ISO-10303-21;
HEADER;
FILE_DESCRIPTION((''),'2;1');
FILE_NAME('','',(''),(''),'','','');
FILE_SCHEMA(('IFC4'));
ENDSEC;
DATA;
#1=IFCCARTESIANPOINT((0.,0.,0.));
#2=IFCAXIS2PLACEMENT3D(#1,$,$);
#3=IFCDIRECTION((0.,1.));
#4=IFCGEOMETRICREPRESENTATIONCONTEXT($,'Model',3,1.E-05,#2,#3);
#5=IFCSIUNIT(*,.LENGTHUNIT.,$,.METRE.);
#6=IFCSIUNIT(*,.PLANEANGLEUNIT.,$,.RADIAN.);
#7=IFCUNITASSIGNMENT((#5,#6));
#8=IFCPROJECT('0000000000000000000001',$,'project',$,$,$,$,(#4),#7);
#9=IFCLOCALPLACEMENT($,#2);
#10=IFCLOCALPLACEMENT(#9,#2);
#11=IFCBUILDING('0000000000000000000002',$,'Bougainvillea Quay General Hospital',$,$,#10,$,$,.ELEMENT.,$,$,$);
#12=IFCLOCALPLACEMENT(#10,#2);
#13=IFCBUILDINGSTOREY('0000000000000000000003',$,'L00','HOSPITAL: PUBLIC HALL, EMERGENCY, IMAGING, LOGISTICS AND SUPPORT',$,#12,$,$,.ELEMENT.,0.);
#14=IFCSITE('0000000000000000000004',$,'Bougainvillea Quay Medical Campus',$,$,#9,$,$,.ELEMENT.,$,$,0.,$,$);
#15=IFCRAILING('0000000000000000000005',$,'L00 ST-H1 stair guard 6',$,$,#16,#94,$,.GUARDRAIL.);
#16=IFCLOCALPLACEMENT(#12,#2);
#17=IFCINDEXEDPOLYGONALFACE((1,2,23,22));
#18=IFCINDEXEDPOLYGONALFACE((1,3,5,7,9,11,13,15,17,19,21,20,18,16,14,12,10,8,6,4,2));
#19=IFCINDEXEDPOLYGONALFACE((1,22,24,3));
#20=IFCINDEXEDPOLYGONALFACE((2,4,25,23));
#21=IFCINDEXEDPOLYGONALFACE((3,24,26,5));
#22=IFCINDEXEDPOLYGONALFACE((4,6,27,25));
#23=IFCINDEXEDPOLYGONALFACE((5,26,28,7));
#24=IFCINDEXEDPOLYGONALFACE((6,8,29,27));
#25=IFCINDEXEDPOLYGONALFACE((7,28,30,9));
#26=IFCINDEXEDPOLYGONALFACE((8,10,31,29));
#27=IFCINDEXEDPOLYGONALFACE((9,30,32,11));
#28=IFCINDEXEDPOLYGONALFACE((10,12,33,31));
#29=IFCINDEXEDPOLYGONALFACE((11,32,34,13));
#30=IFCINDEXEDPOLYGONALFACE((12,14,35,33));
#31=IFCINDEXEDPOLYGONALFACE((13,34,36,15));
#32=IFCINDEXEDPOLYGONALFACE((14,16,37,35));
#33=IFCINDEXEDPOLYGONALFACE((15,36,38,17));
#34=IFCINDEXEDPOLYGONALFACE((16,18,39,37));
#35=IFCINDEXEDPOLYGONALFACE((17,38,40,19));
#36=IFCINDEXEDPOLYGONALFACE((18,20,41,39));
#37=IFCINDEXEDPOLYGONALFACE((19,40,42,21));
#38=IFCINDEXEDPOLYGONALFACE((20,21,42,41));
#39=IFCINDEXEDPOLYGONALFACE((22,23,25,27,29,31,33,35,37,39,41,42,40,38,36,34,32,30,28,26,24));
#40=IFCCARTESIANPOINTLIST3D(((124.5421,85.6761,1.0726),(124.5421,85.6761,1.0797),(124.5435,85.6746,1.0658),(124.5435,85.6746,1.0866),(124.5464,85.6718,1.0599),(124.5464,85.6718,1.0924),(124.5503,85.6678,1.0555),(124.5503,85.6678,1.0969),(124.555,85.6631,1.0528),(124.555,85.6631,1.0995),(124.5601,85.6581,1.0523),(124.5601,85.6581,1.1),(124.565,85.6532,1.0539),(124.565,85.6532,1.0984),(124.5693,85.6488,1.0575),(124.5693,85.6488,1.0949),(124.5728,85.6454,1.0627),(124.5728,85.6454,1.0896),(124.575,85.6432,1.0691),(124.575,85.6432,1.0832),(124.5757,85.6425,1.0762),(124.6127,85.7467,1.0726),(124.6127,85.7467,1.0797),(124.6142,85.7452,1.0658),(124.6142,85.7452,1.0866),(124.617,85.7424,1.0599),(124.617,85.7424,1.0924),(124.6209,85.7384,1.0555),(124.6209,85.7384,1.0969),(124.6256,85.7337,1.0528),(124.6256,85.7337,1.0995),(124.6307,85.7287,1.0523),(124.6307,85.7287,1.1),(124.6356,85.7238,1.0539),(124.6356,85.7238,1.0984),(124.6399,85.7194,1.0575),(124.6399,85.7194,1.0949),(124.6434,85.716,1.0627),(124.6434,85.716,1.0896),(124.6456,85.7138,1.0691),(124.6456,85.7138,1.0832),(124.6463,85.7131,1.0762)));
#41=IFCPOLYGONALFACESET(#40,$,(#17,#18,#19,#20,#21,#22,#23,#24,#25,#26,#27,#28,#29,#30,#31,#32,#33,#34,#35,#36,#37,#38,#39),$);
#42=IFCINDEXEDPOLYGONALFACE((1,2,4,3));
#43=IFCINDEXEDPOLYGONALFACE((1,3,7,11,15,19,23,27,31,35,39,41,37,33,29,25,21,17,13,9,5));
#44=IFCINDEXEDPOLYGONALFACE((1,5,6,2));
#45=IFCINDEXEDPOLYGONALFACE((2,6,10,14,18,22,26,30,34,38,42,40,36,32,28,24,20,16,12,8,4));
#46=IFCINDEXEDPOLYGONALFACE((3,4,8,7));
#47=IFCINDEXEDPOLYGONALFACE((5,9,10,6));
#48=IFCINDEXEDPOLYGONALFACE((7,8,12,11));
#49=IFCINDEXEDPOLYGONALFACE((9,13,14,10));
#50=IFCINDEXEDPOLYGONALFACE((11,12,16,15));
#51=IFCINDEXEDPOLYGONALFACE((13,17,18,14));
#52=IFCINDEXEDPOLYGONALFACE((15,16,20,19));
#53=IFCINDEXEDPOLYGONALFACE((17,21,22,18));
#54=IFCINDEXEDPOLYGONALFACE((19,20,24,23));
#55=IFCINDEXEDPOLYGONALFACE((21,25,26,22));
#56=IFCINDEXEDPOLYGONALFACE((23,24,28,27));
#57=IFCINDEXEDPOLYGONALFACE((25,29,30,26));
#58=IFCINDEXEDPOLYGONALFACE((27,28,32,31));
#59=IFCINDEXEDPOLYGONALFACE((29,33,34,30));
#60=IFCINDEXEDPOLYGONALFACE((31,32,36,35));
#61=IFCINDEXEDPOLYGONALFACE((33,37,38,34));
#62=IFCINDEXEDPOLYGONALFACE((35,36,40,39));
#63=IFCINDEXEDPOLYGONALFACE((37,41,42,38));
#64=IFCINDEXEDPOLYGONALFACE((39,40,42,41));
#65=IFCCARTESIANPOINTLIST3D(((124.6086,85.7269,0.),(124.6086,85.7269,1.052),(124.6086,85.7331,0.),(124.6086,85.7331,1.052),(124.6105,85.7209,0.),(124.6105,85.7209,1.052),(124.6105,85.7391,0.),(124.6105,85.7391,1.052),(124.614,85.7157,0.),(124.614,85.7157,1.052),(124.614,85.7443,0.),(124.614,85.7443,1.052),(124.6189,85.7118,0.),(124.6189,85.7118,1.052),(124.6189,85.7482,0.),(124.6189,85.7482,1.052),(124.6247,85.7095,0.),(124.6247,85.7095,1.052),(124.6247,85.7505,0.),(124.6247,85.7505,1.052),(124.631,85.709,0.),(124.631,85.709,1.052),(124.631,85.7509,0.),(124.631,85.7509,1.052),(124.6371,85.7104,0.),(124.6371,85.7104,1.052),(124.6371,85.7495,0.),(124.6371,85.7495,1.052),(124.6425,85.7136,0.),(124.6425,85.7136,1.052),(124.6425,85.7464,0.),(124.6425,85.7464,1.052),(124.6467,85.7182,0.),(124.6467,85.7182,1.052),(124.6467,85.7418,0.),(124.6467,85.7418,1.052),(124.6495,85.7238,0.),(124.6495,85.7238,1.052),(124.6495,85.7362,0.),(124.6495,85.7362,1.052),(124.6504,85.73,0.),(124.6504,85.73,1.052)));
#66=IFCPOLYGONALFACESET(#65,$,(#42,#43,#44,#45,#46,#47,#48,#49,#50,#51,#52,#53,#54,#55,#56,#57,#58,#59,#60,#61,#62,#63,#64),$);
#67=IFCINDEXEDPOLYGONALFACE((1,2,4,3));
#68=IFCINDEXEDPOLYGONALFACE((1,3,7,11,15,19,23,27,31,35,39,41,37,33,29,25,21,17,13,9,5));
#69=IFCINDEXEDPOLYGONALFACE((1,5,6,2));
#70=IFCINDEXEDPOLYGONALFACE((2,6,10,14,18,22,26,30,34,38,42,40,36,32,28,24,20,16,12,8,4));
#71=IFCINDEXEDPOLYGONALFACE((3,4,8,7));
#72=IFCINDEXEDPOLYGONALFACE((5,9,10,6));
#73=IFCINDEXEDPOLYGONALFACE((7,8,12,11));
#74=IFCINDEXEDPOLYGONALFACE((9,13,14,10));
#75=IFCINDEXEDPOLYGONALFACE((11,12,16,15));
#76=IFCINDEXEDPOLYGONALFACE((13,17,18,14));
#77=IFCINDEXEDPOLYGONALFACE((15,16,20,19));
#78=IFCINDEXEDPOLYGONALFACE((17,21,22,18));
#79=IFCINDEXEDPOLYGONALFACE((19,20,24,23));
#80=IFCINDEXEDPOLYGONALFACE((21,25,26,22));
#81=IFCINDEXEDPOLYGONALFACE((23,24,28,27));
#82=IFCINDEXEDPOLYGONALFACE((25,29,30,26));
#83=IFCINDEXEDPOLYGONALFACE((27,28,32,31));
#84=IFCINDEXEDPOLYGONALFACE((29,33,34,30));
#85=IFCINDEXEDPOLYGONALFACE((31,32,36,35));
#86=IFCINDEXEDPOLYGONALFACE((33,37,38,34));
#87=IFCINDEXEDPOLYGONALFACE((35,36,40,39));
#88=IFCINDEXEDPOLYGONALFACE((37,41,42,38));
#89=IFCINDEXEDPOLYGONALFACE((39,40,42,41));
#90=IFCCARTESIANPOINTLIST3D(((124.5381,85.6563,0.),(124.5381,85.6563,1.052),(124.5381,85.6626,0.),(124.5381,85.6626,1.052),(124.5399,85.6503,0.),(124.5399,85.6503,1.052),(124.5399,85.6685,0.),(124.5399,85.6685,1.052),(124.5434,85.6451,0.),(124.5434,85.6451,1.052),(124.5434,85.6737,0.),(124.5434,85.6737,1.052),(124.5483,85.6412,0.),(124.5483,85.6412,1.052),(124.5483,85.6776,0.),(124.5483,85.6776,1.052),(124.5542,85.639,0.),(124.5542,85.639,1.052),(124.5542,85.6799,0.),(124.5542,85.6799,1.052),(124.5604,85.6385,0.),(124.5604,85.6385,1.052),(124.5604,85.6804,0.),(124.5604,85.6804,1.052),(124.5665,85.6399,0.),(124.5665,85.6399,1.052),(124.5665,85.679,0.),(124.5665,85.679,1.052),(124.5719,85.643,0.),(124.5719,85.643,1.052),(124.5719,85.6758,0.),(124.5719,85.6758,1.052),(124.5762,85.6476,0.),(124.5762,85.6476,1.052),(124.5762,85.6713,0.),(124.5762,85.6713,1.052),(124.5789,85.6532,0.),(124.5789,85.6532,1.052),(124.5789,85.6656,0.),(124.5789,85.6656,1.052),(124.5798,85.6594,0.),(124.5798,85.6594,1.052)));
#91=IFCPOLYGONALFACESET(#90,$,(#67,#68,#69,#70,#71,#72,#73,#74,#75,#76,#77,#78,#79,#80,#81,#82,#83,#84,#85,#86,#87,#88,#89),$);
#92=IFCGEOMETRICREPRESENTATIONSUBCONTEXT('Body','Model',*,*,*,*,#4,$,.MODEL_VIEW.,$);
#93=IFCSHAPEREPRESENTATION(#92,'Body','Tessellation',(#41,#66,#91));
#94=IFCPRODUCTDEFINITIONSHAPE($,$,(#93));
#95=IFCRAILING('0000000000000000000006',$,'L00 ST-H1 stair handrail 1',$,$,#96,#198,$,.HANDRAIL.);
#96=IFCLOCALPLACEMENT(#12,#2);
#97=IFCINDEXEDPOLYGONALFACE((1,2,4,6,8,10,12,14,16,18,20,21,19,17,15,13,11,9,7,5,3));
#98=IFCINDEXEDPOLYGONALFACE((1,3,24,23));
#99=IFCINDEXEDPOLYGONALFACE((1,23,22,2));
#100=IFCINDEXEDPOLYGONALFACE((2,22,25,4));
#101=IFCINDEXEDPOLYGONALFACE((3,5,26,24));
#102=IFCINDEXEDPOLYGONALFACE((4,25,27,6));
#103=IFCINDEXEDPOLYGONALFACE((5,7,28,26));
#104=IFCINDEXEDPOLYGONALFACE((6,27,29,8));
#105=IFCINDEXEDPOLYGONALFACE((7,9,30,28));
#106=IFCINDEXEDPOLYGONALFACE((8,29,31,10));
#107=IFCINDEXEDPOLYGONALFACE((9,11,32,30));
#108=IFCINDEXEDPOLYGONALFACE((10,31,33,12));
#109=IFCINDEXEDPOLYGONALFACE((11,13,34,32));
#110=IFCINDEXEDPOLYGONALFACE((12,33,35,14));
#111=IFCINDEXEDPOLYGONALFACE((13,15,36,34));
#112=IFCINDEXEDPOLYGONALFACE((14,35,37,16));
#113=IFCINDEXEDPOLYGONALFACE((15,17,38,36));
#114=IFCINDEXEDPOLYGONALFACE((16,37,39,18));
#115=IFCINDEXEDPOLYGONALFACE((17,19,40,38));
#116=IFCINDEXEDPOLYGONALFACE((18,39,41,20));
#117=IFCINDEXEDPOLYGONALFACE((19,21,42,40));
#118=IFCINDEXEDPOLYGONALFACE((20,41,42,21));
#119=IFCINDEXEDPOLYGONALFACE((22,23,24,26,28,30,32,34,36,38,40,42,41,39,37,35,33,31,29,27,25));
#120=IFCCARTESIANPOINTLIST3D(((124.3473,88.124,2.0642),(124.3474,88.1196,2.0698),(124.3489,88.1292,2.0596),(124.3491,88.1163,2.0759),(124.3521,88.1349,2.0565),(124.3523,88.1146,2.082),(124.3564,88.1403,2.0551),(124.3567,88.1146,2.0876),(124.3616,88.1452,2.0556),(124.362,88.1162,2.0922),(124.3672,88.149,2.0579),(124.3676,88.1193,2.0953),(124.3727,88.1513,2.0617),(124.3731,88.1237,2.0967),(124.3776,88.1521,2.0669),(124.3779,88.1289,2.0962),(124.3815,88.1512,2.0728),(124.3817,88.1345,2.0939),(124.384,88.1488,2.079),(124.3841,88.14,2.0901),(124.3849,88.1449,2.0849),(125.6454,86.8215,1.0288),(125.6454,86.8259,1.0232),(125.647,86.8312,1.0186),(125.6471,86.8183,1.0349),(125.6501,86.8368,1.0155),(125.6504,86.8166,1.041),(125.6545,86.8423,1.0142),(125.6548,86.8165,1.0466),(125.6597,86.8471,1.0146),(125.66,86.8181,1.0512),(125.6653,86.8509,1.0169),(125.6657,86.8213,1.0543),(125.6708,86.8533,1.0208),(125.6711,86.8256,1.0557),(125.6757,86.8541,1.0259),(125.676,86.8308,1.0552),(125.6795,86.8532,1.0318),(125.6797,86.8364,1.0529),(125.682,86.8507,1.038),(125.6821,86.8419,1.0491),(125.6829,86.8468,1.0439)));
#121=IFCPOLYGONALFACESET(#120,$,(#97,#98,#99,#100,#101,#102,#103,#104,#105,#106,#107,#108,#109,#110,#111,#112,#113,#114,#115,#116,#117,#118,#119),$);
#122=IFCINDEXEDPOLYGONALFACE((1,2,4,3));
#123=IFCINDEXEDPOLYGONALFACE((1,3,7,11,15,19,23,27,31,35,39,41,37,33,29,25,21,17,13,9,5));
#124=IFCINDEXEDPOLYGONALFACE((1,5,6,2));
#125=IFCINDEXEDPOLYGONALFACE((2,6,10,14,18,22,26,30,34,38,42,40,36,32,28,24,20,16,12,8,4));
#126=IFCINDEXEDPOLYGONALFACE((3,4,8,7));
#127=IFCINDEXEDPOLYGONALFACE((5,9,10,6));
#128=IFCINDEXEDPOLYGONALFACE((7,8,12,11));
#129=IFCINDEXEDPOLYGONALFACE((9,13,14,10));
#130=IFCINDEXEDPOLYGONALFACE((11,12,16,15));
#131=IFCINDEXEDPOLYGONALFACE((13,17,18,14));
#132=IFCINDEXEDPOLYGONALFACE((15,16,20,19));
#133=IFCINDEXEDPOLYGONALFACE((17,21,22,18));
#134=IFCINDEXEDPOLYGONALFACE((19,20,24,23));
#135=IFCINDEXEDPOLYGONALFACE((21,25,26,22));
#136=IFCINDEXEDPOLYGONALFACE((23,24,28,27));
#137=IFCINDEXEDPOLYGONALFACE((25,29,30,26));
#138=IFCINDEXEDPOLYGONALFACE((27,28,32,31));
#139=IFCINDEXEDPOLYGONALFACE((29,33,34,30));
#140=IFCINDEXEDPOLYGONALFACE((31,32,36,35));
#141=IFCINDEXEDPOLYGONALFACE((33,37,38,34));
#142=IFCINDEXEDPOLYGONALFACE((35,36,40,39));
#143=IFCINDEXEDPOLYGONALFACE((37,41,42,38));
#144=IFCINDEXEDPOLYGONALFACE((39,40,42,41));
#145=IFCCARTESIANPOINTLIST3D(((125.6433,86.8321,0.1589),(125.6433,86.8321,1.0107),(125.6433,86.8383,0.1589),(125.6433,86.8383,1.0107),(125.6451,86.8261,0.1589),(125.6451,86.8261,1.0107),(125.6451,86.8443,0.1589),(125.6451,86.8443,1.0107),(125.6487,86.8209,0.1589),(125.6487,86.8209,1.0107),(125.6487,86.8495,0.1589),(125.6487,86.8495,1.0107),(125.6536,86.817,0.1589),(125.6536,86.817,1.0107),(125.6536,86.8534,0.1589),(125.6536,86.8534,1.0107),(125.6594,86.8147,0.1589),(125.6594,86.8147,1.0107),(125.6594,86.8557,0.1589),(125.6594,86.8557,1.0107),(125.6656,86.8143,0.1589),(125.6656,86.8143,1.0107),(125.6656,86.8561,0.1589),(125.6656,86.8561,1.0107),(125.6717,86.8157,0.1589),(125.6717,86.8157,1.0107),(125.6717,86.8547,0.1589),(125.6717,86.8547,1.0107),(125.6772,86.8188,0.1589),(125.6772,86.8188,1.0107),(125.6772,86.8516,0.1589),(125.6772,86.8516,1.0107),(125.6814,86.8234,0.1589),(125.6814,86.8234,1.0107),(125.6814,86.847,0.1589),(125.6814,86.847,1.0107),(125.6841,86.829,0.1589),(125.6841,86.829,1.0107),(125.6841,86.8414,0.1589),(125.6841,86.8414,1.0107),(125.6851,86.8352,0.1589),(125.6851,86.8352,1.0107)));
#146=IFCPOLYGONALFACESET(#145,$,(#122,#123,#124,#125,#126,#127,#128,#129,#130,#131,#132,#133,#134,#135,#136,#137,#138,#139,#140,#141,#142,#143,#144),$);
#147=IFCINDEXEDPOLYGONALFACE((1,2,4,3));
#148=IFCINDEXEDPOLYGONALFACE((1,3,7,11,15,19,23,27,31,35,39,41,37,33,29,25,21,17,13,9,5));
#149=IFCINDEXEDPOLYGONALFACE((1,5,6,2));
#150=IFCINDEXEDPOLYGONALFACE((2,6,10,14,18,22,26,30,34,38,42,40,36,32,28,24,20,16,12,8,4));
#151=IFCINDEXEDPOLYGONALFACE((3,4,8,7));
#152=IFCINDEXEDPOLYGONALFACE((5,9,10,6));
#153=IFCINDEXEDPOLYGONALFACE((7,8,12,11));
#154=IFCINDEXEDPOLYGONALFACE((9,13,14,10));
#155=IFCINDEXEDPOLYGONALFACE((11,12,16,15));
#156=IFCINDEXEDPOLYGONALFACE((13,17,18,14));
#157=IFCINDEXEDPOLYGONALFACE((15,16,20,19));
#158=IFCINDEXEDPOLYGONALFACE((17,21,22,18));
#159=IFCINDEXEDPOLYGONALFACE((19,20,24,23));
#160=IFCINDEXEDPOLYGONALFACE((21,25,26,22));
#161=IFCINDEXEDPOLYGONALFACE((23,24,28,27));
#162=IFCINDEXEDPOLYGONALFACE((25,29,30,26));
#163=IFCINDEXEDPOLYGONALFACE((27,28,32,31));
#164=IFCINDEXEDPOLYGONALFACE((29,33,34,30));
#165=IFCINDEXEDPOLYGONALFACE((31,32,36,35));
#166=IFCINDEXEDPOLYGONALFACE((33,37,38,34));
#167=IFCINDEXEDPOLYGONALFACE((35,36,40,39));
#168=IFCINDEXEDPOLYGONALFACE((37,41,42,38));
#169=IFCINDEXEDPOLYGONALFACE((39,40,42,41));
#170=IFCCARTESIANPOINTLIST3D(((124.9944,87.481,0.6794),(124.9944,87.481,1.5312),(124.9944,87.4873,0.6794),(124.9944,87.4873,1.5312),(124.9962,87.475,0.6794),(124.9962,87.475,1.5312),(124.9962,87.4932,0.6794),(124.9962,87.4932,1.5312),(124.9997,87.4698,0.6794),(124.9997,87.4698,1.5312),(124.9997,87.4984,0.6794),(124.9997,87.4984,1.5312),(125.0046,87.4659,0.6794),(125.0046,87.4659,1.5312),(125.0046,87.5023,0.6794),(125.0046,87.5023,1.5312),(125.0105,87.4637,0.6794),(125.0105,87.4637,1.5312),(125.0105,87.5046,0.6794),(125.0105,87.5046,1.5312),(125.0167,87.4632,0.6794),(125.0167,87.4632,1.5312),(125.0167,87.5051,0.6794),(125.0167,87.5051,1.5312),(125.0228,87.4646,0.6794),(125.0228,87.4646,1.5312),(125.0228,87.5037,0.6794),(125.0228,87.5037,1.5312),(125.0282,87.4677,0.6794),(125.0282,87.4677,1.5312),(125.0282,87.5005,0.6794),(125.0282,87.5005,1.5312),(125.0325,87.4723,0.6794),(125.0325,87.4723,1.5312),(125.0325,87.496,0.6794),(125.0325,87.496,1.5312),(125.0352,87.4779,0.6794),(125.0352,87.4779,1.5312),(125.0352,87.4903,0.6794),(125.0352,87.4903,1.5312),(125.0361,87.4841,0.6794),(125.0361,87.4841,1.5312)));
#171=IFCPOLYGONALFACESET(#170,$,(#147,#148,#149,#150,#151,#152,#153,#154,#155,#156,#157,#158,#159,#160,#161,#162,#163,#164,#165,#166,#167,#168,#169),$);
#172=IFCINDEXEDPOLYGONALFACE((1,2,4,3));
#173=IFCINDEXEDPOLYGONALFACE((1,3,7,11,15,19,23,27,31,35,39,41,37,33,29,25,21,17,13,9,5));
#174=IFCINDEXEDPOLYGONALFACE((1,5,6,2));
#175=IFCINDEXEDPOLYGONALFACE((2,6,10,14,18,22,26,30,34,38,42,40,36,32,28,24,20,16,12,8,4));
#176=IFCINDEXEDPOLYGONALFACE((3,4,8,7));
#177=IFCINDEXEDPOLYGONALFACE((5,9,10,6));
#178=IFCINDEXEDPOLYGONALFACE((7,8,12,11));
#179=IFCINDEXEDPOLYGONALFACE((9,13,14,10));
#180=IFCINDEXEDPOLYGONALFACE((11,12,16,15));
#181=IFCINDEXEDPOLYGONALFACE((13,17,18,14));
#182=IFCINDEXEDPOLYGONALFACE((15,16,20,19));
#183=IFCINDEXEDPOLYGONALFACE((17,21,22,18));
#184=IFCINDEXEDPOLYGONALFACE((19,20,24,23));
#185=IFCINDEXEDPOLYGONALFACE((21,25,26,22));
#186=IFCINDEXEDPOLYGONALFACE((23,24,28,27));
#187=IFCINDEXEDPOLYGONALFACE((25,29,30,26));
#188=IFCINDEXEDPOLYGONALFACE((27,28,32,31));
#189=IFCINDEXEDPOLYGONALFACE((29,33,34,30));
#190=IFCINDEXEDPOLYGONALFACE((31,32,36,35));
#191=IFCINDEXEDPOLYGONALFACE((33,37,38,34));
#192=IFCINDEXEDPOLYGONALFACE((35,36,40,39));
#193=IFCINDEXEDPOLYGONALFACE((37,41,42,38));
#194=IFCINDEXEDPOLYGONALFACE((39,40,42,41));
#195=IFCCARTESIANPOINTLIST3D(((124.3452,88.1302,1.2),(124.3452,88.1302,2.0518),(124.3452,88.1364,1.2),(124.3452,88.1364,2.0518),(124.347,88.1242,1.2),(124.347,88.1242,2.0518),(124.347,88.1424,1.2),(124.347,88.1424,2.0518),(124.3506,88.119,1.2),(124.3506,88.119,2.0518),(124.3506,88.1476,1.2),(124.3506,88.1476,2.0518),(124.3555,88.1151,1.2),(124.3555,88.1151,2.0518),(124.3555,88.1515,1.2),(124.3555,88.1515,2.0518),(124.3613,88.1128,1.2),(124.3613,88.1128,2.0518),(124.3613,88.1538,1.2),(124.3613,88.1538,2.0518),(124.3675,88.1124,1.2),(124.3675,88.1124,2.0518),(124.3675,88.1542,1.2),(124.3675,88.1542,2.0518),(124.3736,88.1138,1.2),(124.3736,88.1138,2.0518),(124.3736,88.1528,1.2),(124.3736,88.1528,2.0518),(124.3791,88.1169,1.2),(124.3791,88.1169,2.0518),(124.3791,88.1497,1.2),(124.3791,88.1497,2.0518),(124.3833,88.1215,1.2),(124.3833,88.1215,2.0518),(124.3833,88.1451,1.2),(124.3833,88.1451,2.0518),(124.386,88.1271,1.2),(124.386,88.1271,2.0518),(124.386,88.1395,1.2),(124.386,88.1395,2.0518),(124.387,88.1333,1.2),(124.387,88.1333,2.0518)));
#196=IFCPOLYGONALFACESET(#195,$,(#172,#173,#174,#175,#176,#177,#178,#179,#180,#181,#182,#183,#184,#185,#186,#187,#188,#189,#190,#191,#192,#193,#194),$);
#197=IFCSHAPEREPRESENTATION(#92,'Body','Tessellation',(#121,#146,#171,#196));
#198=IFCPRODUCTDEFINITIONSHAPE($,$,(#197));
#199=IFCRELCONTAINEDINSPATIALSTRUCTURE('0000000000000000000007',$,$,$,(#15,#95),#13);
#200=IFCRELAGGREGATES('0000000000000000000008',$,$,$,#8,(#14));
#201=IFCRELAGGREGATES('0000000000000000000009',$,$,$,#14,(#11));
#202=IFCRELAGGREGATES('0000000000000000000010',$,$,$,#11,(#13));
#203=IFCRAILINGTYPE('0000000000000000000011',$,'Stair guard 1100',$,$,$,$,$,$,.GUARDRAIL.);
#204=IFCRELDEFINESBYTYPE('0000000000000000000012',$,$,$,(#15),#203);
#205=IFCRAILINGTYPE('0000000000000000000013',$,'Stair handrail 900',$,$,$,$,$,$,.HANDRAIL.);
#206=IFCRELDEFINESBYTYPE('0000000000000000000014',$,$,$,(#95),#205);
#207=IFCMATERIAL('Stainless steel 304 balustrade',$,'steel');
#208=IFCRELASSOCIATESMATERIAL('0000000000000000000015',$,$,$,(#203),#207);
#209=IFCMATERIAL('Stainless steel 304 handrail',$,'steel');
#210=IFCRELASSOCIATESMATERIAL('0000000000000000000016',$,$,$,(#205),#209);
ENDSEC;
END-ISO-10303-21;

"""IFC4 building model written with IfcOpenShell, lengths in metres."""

from ifc_helpers import new_model, si_unit, direction, frame, origin, origin_2d, place, context, subcontext, project, spatial, circle, extrude, material, type_object, element, save


model = new_model("IFC4")

# Units and contexts
model_context = context("Model", 3, precision=1e-05, world=origin(), true_north=direction((0.0, 1.0)))
body_context = subcontext(model_context, "Body", "Model", "MODEL_VIEW")
ifc_project = project(units=[si_unit("LENGTHUNIT", "METRE"), si_unit("PLANEANGLEUNIT", "RADIAN")], contexts=[model_context])

# Site, building, storey
site_placement = place(None, origin())
site = spatial("IfcSite", under=ifc_project, at=site_placement, Name="Bougainvillea Quay Medical Campus", CompositionType="ELEMENT", RefElevation=0.0)
building_placement = place(site_placement, origin())
building = spatial("IfcBuilding", under=site, at=building_placement, Name="Bougainvillea Quay General Hospital", CompositionType="ELEMENT")
storey_placement = place(building_placement, origin())
storey = spatial("IfcBuildingStorey", under=building, at=storey_placement, Name="L00", Description="HOSPITAL: PUBLIC HALL, EMERGENCY, IMAGING, LOGISTICS AND SUPPORT", CompositionType="ELEMENT", Elevation=0.0)

# Railings
ifc_material_1 = material(Name="Stainless steel 304 balustrade", Category="steel")
railing_type_1 = type_object("IfcRailingType", Name="Stair guard 1100", PredefinedType="GUARDRAIL", material=ifc_material_1)
railing_1_placement = place(storey_placement, frame((124.6294, 85.73, 0.0)))
element("IfcRailing", 1, at=railing_1_placement, inside=storey, type_object=railing_type_1, Name="L00 ST-H1 stair guard 6", PredefinedType="GUARDRAIL", context=body_context, shape_type="SweptSolid", body=[
    extrude(circle(Radius=0.0239, at=origin_2d()), frame((0.0, 0.0, 1.0762), z_axis=(-0.707107, -0.707107, 0.0), x_axis=(0.707107, -0.707107, 0.0)), (0.0, 0.0, 1.0), 0.0999),
    extrude(circle(Radius=0.021, at=origin_2d()), origin(), (0.0, 0.0, 1.0), 1.052),
    extrude(circle(Radius=0.021, at=origin_2d()), frame((-0.0706, -0.0706, 0.0)), (0.0, 0.0, 1.0), 1.052),
])
ifc_material_2 = material(Name="Stainless steel 304 handrail", Category="steel")
railing_type_2 = type_object("IfcRailingType", Name="Stair handrail 900", PredefinedType="HANDRAIL", material=ifc_material_2)
railing_2_placement = place(storey_placement, frame((125.6641, 86.8352, 0.1589)))
element("IfcRailing", 2, at=railing_2_placement, inside=storey, type_object=railing_type_2, Name="L00 ST-H1 stair handrail 1", PredefinedType="HANDRAIL", context=body_context, shape_type="SweptSolid", body=[
    extrude(circle(Radius=0.0239, at=origin_2d()), frame((0.0, 0.0, 0.876), z_axis=(-0.615093, 0.615093, 0.493277), x_axis=(-0.707107, -0.707107, 0.0)), (0.0, 0.0, 1.0), 2.1104),
    extrude(circle(Radius=0.021, at=origin_2d()), origin(), (0.0, 0.0, 1.0), 0.8518),
    extrude(circle(Radius=0.021, at=origin_2d()), frame((-0.6489, 0.6489, 0.5205)), (0.0, 0.0, 1.0), 0.8518),
    extrude(circle(Radius=0.021, at=origin_2d()), frame((-1.2981, 1.2981, 1.041)), (0.0, 0.0, 1.0), 0.8518),
])

save(model, "model.ifc")
